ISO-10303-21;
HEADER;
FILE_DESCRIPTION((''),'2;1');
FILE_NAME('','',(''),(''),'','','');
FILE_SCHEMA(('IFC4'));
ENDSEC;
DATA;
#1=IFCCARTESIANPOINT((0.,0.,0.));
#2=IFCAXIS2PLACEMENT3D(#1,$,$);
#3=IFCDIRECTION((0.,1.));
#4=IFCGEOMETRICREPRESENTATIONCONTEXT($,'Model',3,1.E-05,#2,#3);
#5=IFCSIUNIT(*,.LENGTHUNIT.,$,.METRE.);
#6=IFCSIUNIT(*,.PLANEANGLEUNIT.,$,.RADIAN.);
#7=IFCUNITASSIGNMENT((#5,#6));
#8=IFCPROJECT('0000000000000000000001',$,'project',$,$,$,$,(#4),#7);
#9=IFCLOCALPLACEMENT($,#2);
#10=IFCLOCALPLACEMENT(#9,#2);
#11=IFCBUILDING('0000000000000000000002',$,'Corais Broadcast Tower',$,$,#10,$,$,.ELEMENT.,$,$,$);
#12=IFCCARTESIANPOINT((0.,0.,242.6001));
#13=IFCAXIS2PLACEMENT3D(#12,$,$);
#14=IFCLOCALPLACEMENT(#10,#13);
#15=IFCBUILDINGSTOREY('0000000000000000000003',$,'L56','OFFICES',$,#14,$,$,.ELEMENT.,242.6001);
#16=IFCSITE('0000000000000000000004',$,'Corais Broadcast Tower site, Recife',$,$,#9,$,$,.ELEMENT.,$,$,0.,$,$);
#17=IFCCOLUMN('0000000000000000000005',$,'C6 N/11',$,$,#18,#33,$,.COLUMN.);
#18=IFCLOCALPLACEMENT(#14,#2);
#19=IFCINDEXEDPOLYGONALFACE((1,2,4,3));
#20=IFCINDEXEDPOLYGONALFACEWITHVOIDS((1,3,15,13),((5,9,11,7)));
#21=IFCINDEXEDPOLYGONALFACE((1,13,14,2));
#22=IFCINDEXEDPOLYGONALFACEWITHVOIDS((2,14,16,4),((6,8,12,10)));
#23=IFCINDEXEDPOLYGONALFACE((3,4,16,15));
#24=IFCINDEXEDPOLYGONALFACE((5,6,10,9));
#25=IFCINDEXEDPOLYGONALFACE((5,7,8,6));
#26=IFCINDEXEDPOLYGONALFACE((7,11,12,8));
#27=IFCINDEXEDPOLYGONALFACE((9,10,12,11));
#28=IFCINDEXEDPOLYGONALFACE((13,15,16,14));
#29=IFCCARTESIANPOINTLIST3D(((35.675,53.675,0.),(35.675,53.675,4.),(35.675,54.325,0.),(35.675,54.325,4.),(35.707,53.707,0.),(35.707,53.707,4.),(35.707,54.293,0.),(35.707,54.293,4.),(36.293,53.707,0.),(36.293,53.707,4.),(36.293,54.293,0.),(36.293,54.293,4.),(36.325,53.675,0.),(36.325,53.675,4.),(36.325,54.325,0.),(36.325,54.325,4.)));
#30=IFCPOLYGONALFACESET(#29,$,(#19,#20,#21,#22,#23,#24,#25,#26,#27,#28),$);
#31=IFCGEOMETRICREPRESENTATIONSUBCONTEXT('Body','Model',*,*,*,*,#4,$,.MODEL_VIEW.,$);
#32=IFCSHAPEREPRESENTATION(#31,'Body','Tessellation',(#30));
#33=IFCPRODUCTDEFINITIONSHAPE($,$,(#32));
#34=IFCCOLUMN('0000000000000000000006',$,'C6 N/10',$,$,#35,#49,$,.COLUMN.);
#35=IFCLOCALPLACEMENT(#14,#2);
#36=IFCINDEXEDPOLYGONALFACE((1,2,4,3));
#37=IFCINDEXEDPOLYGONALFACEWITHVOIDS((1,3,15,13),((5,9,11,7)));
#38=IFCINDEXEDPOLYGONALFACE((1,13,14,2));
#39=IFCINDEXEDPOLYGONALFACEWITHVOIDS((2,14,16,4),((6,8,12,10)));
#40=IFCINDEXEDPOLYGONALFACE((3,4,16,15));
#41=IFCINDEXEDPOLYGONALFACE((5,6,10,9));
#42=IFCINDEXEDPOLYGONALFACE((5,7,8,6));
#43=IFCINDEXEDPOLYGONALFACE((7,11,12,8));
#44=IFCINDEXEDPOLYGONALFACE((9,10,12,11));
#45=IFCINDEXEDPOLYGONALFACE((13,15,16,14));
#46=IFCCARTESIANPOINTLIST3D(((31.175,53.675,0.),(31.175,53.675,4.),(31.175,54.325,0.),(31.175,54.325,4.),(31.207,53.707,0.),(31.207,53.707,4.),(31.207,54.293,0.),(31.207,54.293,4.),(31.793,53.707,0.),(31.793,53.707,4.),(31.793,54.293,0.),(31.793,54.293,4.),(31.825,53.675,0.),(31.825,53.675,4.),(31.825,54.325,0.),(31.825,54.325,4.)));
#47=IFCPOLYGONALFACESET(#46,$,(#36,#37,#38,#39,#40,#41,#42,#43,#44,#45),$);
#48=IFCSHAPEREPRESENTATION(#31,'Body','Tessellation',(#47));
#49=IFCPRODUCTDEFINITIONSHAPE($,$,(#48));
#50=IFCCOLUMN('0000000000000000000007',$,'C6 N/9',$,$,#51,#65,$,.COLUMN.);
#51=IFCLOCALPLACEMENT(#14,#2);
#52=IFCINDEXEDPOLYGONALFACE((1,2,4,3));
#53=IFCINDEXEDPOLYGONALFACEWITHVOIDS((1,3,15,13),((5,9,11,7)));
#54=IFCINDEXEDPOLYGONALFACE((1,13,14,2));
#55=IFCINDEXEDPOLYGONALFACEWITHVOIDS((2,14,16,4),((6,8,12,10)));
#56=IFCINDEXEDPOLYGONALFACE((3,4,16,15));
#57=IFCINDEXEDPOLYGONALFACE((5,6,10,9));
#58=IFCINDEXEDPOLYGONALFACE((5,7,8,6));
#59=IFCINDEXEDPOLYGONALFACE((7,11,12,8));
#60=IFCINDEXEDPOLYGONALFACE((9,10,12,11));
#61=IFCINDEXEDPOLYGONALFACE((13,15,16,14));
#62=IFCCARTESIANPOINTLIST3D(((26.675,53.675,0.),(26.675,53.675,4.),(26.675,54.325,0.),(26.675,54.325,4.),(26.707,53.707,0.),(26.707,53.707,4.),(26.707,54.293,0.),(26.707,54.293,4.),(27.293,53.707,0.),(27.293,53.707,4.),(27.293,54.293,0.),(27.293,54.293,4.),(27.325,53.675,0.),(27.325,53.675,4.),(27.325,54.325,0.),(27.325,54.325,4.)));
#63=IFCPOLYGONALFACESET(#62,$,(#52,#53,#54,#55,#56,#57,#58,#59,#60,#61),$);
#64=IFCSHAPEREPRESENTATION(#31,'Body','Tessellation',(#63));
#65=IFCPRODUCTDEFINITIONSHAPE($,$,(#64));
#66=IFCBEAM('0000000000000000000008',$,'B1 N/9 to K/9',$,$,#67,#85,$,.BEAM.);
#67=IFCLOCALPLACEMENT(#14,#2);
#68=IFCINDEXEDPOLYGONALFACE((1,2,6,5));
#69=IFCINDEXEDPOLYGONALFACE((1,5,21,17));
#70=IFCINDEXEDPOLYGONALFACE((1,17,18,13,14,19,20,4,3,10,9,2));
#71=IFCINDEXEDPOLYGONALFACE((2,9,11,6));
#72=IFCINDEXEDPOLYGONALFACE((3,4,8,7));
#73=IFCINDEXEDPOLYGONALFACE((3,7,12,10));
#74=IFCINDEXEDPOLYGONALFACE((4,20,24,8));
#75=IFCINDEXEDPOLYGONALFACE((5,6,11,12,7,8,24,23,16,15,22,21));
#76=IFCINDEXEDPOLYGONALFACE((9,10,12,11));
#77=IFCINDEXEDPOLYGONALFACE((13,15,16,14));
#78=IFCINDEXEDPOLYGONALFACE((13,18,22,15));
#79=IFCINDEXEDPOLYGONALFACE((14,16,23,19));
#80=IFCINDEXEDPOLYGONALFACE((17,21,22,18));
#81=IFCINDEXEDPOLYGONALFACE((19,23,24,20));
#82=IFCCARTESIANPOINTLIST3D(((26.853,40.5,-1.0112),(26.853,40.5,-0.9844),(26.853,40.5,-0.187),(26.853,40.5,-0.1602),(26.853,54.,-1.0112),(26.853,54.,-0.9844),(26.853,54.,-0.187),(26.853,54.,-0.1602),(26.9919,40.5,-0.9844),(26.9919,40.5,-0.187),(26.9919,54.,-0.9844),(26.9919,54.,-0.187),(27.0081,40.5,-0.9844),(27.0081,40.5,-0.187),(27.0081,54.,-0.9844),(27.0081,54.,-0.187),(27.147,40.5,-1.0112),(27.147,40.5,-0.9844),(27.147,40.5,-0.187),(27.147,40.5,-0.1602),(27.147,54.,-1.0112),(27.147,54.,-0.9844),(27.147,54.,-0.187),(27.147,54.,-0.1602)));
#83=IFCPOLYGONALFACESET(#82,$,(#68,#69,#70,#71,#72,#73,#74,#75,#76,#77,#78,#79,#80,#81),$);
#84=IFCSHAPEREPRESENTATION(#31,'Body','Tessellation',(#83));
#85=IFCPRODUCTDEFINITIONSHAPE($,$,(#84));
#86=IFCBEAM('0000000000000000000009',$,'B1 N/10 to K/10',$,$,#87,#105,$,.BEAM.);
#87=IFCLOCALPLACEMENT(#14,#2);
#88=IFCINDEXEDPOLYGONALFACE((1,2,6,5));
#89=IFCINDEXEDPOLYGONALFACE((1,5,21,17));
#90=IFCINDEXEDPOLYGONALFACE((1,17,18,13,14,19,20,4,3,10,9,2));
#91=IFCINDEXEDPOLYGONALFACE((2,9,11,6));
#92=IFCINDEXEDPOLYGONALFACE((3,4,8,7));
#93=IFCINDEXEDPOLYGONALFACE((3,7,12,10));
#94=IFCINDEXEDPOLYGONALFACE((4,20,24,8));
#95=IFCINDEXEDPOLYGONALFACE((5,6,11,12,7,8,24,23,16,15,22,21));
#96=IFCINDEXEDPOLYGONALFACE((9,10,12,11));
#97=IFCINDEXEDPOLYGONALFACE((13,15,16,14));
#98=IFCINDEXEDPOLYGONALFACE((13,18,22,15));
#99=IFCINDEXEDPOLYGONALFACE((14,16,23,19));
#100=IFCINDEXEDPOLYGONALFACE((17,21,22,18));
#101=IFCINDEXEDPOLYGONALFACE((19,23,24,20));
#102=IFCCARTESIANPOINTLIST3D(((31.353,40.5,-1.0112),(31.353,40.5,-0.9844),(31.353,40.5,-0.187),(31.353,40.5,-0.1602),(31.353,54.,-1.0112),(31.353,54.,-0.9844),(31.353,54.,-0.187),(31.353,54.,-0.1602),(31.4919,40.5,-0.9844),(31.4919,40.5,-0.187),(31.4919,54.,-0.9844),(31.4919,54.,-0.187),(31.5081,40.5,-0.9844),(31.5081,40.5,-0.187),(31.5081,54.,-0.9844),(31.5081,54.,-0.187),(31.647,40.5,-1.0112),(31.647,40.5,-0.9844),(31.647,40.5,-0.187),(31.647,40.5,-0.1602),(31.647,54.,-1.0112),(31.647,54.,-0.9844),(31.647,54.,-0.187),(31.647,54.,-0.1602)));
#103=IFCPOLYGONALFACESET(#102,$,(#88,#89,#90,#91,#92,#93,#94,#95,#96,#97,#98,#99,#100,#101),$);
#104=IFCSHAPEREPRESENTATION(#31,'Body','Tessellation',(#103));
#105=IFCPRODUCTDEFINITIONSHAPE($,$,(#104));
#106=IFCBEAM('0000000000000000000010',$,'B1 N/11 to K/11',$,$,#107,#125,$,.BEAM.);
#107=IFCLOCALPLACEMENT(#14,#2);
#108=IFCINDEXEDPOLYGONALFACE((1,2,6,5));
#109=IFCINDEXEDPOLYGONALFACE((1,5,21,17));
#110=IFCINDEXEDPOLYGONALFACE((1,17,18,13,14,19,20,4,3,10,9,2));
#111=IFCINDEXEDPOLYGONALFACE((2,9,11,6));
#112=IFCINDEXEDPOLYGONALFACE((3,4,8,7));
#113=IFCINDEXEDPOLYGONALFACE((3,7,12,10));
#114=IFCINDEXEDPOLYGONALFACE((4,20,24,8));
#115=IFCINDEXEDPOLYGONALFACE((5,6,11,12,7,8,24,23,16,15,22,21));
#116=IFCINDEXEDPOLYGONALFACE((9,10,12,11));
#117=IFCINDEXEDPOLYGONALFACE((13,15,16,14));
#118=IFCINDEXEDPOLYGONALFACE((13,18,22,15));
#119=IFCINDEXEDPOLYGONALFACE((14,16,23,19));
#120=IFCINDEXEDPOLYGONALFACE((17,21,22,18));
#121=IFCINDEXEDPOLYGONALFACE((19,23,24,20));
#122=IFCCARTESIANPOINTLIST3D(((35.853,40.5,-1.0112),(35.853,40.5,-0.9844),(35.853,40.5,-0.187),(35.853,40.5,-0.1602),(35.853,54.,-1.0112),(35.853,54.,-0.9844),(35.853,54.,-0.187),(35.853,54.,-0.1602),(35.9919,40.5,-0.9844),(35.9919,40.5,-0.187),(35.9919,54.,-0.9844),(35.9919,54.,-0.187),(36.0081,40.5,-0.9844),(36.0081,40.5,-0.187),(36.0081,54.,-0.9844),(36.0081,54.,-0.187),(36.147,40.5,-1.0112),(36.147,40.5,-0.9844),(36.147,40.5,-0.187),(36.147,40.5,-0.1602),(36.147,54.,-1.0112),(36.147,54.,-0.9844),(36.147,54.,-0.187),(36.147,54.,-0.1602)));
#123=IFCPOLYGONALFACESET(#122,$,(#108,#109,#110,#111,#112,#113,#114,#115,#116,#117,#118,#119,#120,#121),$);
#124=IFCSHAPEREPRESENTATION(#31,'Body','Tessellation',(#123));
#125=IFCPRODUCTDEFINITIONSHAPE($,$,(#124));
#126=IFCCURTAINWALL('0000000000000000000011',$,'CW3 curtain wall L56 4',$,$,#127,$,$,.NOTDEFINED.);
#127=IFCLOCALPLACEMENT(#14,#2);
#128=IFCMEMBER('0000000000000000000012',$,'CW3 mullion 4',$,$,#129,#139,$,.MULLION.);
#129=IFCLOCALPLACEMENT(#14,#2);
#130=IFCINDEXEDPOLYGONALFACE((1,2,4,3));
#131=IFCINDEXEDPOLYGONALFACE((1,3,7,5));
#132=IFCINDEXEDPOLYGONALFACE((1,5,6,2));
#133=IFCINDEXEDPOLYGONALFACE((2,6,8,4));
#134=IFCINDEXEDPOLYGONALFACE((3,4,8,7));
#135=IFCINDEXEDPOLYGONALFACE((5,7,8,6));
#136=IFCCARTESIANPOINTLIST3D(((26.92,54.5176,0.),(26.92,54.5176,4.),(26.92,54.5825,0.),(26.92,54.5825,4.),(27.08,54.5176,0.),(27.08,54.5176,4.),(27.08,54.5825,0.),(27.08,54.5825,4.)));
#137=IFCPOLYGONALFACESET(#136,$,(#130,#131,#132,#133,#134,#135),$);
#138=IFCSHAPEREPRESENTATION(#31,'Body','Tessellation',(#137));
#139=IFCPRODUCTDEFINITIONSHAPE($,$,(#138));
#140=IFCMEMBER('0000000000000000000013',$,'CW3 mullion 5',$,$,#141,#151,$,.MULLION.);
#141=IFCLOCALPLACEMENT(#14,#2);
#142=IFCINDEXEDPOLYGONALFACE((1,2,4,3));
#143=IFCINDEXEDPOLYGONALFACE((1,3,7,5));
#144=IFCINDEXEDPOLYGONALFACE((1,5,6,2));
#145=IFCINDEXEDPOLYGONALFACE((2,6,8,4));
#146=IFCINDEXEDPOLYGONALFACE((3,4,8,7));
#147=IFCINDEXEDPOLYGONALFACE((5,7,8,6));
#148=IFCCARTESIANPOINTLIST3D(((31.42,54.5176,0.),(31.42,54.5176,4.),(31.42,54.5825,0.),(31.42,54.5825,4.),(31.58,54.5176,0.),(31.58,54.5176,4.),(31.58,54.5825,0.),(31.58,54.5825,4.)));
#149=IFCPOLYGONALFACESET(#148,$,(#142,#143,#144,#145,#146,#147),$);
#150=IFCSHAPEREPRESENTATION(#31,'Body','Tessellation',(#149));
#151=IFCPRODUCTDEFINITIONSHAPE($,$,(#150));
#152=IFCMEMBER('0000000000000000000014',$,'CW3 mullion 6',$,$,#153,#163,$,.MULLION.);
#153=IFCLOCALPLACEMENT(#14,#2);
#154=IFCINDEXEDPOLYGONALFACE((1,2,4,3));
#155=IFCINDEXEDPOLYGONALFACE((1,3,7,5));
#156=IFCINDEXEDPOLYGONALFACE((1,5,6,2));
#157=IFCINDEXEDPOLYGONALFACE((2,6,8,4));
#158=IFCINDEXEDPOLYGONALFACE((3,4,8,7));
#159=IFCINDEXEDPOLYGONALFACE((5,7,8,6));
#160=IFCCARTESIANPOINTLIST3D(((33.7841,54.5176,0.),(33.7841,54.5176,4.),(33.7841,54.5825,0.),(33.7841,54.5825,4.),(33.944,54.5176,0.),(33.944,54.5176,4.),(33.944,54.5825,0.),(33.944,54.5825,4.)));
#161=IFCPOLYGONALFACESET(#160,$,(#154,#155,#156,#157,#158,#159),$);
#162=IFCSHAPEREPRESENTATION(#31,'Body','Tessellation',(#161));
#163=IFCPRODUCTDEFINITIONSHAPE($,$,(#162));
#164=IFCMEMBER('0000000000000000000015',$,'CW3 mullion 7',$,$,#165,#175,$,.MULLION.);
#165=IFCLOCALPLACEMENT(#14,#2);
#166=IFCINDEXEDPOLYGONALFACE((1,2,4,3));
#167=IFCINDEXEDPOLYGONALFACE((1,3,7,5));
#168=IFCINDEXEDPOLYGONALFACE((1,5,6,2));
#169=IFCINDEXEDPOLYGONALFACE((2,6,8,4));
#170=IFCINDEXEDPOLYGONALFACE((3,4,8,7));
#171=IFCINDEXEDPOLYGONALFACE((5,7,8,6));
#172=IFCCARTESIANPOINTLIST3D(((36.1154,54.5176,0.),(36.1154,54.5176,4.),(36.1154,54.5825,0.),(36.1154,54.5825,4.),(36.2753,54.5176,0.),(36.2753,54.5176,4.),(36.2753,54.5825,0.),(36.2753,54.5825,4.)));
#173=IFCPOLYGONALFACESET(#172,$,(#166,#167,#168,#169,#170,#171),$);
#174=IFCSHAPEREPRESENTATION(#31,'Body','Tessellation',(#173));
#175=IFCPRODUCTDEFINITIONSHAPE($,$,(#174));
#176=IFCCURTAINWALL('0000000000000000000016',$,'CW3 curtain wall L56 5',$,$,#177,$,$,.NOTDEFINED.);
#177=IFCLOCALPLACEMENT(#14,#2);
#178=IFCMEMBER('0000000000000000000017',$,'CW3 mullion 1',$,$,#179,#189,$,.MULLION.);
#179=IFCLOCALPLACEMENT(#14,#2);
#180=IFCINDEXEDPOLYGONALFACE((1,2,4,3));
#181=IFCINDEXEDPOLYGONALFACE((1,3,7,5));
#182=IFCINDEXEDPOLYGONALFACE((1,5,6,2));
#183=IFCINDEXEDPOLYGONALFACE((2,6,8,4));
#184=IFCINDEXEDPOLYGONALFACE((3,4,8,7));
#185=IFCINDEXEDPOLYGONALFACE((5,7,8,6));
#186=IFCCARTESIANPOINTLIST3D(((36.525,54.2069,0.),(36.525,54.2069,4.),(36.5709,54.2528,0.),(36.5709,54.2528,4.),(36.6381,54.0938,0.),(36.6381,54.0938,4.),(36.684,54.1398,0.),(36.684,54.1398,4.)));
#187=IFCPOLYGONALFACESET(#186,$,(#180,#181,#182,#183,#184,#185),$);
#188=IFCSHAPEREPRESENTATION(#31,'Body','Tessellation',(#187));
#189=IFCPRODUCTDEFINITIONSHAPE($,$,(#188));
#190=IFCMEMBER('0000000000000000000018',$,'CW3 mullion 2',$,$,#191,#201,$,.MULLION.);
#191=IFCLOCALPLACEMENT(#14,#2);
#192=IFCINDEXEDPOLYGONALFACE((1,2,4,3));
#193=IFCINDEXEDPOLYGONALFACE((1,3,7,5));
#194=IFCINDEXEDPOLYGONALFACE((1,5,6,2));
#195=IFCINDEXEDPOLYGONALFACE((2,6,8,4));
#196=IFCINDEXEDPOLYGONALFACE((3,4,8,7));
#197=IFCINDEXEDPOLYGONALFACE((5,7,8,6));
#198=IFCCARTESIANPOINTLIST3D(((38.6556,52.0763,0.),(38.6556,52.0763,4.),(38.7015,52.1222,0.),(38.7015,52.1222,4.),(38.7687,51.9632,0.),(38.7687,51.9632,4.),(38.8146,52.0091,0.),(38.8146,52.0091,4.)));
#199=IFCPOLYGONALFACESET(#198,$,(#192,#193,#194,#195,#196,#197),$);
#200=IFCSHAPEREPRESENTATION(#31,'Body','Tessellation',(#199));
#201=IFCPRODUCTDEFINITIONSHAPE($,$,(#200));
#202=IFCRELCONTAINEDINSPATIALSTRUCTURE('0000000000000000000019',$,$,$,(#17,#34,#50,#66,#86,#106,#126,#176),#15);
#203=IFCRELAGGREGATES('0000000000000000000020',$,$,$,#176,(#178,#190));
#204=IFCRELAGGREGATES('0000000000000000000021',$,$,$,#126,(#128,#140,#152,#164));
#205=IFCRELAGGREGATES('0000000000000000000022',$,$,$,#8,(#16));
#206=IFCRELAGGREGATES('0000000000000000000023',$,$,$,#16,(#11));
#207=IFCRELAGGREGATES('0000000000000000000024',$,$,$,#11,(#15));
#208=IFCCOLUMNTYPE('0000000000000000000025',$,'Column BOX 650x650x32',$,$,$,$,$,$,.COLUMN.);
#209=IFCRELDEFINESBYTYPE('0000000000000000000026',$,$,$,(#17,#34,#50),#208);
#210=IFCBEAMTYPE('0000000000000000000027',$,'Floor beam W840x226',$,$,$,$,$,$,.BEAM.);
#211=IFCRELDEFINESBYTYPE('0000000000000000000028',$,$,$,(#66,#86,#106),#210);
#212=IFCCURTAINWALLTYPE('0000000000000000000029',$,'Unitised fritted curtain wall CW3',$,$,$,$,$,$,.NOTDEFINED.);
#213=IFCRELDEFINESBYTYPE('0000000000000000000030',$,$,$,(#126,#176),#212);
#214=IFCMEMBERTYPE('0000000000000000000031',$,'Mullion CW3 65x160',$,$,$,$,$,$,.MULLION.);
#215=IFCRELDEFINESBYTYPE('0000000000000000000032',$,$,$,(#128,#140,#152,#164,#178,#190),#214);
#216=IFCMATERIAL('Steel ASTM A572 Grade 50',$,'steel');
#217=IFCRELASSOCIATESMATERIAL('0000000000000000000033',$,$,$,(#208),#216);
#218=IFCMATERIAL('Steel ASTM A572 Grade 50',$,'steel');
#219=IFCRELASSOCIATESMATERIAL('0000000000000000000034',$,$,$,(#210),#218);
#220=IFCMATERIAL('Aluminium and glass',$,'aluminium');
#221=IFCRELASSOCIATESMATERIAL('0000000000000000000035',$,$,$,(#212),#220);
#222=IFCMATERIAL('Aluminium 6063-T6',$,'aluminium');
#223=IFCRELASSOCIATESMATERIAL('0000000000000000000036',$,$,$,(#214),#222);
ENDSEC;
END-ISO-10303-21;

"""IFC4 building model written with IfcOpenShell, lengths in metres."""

from ifc_helpers import new_model, si_unit, direction, frame, origin, origin_2d, place, context, subcontext, project, spatial, rectangle, hollow_rectangle, i_section, extrude, material, material_profile, profile_set, type_object, element, aggregate, save


model = new_model("IFC4")

# Units and contexts
model_context = context("Model", 3, precision=1e-05, world=origin(), true_north=direction((0.0, 1.0)))
body_context = subcontext(model_context, "Body", "Model", "MODEL_VIEW")
ifc_project = project(units=[si_unit("LENGTHUNIT", "METRE"), si_unit("PLANEANGLEUNIT", "RADIAN")], contexts=[model_context])

# Site, building, storey
site_placement = place(None, origin())
site = spatial("IfcSite", under=ifc_project, at=site_placement, Name="Corais Broadcast Tower site, Recife", CompositionType="ELEMENT", RefElevation=0.0)
building_placement = place(site_placement, origin())
building = spatial("IfcBuilding", under=site, at=building_placement, Name="Corais Broadcast Tower", CompositionType="ELEMENT")
storey_placement = place(building_placement, frame((0.0, 0.0, 242.6001)))
storey = spatial("IfcBuildingStorey", under=building, at=storey_placement, Name="L56", Description="OFFICES", CompositionType="ELEMENT", Elevation=242.6001)

# Columns
ifc_material_1 = material(Name="Steel ASTM A572 Grade 50", Category="steel")
ifc_material_profile_1 = material_profile(ifc_material_1, hollow_rectangle(XDim=0.6499, YDim=0.6499, WallThickness=0.032, at=origin_2d()), Name="BOX 650x650x32")
ifc_profile_set_1 = profile_set([ifc_material_profile_1], Name="Steel ASTM A572 Grade 50")
column_type = type_object("IfcColumnType", Name="Column BOX 650x650x32", PredefinedType="COLUMN", material=ifc_profile_set_1)
for number, where, z_axis, x_axis, name in (
    (1, (36.0, 54.0, 0.0), (0.0, 0.0, 1.0), (1.0, 0.0, 0.0), "C6 N/11"),
    (2, (31.5, 54.0, 0.0), (0.0, 0.0, 1.0), (1.0, 0.0, 0.0), "C6 N/10"),
    (3, (27.0, 54.0, 0.0), (0.0, 0.0, 1.0), (1.0, 0.0, 0.0), "C6 N/9"),
):
    element("IfcColumn", number, at=place(storey_placement, frame(where, z_axis=z_axis, x_axis=x_axis)), inside=storey, type_object=column_type, Name=name, PredefinedType="COLUMN", context=body_context, shape_type="SweptSolid", body=[
        extrude(hollow_rectangle(XDim=0.6499, YDim=0.6499, WallThickness=0.032, at=origin_2d()), origin(), (0.0, 0.0, 1.0), 4.0),
    ])

# Beams
ifc_material_2 = material(Name="Steel ASTM A572 Grade 50", Category="steel")
ifc_material_profile_2 = material_profile(ifc_material_2, i_section(OverallWidth=0.2939, OverallDepth=0.8511, WebThickness=0.0161, FlangeThickness=0.0269, at=origin_2d()), Name="W840x226")
ifc_profile_set_2 = profile_set([ifc_material_profile_2], Name="Steel ASTM A572 Grade 50")
beam_type_1 = type_object("IfcBeamType", Name="Floor beam W840x226", PredefinedType="BEAM", material=ifc_profile_set_2)
for number, where, z_axis, x_axis, name in (
    (4, (27.0, 54.0, -0.5857), (0.0, -1.0, 0.0), (1.0, 0.0, 0.0), "B1 N/9 to K/9"),
    (5, (31.5, 54.0, -0.5857), (0.0, -1.0, 0.0), (1.0, 0.0, 0.0), "B1 N/10 to K/10"),
    (6, (36.0, 54.0, -0.5857), (0.0, -1.0, 0.0), (1.0, 0.0, 0.0), "B1 N/11 to K/11"),
):
    element("IfcBeam", number, at=place(storey_placement, frame(where, z_axis=z_axis, x_axis=x_axis)), inside=storey, type_object=beam_type_1, Name=name, PredefinedType="BEAM", context=body_context, shape_type="SweptSolid", body=[
        extrude(i_section(OverallWidth=0.2939, OverallDepth=0.8511, WebThickness=0.0161, FlangeThickness=0.0269, at=origin_2d()), origin(), (0.0, 0.0, 1.0), 13.5),
    ])

# Curtain walls, members
ifc_material_3 = material(Name="Aluminium and glass", Category="aluminium")
curtain_wall_type = type_object("IfcCurtainWallType", Name="Unitised fritted curtain wall CW3", PredefinedType="NOTDEFINED", material=ifc_material_3)
curtain_wall_1_placement = place(storey_placement, origin())
curtain_wall_1 = element("IfcCurtainWall", 7, at=curtain_wall_1_placement, inside=storey, type_object=curtain_wall_type, Name="CW3 curtain wall L56 4", PredefinedType="NOTDEFINED")
ifc_material_4 = material(Name="Aluminium 6063-T6", Category="aluminium")
ifc_material_profile_3 = material_profile(ifc_material_4, rectangle(XDim=0.0649, YDim=0.1599, at=origin_2d()), Name="Mullion CW3 65x160")
ifc_profile_set_3 = profile_set([ifc_material_profile_3], Name="Aluminium 6063-T6")
member_type_1 = type_object("IfcMemberType", Name="Mullion CW3 65x160", PredefinedType="MULLION", material=ifc_profile_set_3)
member_1_placement = place(storey_placement, frame((27.0, 54.55, 0.0), z_axis=(0.0, 0.0, 1.0), x_axis=(0.0, 1.0, 0.0)))
member_1 = element("IfcMember", 8, at=member_1_placement, type_object=member_type_1, Name="CW3 mullion 4", PredefinedType="MULLION", context=body_context, shape_type="SweptSolid", body=[
    extrude(rectangle(XDim=0.0649, YDim=0.1599, at=origin_2d()), origin(), (0.0, 0.0, 1.0), 4.0),
])
member_2_placement = place(storey_placement, frame((31.5, 54.55, 0.0), z_axis=(0.0, 0.0, 1.0), x_axis=(0.0, 1.0, 0.0)))
member_2 = element("IfcMember", 9, at=member_2_placement, type_object=member_type_1, Name="CW3 mullion 5", PredefinedType="MULLION", context=body_context, shape_type="SweptSolid", body=[
    extrude(rectangle(XDim=0.0649, YDim=0.1599, at=origin_2d()), origin(), (0.0, 0.0, 1.0), 4.0),
])
member_3_placement = place(storey_placement, frame((33.864, 54.55, 0.0), z_axis=(0.0, 0.0, 1.0), x_axis=(0.0, 1.0, 0.0)))
member_3 = element("IfcMember", 10, at=member_3_placement, type_object=member_type_1, Name="CW3 mullion 6", PredefinedType="MULLION", context=body_context, shape_type="SweptSolid", body=[
    extrude(rectangle(XDim=0.0649, YDim=0.1599, at=origin_2d()), origin(), (0.0, 0.0, 1.0), 4.0),
])
member_4_placement = place(storey_placement, frame((36.1953, 54.55, 0.0), z_axis=(0.0, 0.0, 1.0), x_axis=(0.0, 1.0, 0.0)))
member_4 = element("IfcMember", 11, at=member_4_placement, type_object=member_type_1, Name="CW3 mullion 7", PredefinedType="MULLION", context=body_context, shape_type="SweptSolid", body=[
    extrude(rectangle(XDim=0.0649, YDim=0.1599, at=origin_2d()), origin(), (0.0, 0.0, 1.0), 4.0),
])
curtain_wall_2_placement = place(storey_placement, origin())
curtain_wall_2 = element("IfcCurtainWall", 12, at=curtain_wall_2_placement, inside=storey, type_object=curtain_wall_type, Name="CW3 curtain wall L56 5", PredefinedType="NOTDEFINED")
member_5_placement = place(storey_placement, frame((36.6045, 54.1733, 0.0), z_axis=(0.0, 0.0, 1.0), x_axis=(0.707107, 0.707107, 0.0)))
member_5 = element("IfcMember", 13, at=member_5_placement, type_object=member_type_1, Name="CW3 mullion 1", PredefinedType="MULLION", context=body_context, shape_type="SweptSolid", body=[
    extrude(rectangle(XDim=0.0649, YDim=0.1599, at=origin_2d()), origin(), (0.0, 0.0, 1.0), 4.0),
])
member_6_placement = place(storey_placement, frame((38.7351, 52.0427, 0.0), z_axis=(0.0, 0.0, 1.0), x_axis=(0.707107, 0.707107, 0.0)))
member_6 = element("IfcMember", 14, at=member_6_placement, type_object=member_type_1, Name="CW3 mullion 2", PredefinedType="MULLION", context=body_context, shape_type="SweptSolid", body=[
    extrude(rectangle(XDim=0.0649, YDim=0.1599, at=origin_2d()), origin(), (0.0, 0.0, 1.0), 4.0),
])

aggregate(curtain_wall_2, [member_5, member_6])
aggregate(curtain_wall_1, [member_1, member_2, member_3, member_4])

save(model, "model.ifc")
